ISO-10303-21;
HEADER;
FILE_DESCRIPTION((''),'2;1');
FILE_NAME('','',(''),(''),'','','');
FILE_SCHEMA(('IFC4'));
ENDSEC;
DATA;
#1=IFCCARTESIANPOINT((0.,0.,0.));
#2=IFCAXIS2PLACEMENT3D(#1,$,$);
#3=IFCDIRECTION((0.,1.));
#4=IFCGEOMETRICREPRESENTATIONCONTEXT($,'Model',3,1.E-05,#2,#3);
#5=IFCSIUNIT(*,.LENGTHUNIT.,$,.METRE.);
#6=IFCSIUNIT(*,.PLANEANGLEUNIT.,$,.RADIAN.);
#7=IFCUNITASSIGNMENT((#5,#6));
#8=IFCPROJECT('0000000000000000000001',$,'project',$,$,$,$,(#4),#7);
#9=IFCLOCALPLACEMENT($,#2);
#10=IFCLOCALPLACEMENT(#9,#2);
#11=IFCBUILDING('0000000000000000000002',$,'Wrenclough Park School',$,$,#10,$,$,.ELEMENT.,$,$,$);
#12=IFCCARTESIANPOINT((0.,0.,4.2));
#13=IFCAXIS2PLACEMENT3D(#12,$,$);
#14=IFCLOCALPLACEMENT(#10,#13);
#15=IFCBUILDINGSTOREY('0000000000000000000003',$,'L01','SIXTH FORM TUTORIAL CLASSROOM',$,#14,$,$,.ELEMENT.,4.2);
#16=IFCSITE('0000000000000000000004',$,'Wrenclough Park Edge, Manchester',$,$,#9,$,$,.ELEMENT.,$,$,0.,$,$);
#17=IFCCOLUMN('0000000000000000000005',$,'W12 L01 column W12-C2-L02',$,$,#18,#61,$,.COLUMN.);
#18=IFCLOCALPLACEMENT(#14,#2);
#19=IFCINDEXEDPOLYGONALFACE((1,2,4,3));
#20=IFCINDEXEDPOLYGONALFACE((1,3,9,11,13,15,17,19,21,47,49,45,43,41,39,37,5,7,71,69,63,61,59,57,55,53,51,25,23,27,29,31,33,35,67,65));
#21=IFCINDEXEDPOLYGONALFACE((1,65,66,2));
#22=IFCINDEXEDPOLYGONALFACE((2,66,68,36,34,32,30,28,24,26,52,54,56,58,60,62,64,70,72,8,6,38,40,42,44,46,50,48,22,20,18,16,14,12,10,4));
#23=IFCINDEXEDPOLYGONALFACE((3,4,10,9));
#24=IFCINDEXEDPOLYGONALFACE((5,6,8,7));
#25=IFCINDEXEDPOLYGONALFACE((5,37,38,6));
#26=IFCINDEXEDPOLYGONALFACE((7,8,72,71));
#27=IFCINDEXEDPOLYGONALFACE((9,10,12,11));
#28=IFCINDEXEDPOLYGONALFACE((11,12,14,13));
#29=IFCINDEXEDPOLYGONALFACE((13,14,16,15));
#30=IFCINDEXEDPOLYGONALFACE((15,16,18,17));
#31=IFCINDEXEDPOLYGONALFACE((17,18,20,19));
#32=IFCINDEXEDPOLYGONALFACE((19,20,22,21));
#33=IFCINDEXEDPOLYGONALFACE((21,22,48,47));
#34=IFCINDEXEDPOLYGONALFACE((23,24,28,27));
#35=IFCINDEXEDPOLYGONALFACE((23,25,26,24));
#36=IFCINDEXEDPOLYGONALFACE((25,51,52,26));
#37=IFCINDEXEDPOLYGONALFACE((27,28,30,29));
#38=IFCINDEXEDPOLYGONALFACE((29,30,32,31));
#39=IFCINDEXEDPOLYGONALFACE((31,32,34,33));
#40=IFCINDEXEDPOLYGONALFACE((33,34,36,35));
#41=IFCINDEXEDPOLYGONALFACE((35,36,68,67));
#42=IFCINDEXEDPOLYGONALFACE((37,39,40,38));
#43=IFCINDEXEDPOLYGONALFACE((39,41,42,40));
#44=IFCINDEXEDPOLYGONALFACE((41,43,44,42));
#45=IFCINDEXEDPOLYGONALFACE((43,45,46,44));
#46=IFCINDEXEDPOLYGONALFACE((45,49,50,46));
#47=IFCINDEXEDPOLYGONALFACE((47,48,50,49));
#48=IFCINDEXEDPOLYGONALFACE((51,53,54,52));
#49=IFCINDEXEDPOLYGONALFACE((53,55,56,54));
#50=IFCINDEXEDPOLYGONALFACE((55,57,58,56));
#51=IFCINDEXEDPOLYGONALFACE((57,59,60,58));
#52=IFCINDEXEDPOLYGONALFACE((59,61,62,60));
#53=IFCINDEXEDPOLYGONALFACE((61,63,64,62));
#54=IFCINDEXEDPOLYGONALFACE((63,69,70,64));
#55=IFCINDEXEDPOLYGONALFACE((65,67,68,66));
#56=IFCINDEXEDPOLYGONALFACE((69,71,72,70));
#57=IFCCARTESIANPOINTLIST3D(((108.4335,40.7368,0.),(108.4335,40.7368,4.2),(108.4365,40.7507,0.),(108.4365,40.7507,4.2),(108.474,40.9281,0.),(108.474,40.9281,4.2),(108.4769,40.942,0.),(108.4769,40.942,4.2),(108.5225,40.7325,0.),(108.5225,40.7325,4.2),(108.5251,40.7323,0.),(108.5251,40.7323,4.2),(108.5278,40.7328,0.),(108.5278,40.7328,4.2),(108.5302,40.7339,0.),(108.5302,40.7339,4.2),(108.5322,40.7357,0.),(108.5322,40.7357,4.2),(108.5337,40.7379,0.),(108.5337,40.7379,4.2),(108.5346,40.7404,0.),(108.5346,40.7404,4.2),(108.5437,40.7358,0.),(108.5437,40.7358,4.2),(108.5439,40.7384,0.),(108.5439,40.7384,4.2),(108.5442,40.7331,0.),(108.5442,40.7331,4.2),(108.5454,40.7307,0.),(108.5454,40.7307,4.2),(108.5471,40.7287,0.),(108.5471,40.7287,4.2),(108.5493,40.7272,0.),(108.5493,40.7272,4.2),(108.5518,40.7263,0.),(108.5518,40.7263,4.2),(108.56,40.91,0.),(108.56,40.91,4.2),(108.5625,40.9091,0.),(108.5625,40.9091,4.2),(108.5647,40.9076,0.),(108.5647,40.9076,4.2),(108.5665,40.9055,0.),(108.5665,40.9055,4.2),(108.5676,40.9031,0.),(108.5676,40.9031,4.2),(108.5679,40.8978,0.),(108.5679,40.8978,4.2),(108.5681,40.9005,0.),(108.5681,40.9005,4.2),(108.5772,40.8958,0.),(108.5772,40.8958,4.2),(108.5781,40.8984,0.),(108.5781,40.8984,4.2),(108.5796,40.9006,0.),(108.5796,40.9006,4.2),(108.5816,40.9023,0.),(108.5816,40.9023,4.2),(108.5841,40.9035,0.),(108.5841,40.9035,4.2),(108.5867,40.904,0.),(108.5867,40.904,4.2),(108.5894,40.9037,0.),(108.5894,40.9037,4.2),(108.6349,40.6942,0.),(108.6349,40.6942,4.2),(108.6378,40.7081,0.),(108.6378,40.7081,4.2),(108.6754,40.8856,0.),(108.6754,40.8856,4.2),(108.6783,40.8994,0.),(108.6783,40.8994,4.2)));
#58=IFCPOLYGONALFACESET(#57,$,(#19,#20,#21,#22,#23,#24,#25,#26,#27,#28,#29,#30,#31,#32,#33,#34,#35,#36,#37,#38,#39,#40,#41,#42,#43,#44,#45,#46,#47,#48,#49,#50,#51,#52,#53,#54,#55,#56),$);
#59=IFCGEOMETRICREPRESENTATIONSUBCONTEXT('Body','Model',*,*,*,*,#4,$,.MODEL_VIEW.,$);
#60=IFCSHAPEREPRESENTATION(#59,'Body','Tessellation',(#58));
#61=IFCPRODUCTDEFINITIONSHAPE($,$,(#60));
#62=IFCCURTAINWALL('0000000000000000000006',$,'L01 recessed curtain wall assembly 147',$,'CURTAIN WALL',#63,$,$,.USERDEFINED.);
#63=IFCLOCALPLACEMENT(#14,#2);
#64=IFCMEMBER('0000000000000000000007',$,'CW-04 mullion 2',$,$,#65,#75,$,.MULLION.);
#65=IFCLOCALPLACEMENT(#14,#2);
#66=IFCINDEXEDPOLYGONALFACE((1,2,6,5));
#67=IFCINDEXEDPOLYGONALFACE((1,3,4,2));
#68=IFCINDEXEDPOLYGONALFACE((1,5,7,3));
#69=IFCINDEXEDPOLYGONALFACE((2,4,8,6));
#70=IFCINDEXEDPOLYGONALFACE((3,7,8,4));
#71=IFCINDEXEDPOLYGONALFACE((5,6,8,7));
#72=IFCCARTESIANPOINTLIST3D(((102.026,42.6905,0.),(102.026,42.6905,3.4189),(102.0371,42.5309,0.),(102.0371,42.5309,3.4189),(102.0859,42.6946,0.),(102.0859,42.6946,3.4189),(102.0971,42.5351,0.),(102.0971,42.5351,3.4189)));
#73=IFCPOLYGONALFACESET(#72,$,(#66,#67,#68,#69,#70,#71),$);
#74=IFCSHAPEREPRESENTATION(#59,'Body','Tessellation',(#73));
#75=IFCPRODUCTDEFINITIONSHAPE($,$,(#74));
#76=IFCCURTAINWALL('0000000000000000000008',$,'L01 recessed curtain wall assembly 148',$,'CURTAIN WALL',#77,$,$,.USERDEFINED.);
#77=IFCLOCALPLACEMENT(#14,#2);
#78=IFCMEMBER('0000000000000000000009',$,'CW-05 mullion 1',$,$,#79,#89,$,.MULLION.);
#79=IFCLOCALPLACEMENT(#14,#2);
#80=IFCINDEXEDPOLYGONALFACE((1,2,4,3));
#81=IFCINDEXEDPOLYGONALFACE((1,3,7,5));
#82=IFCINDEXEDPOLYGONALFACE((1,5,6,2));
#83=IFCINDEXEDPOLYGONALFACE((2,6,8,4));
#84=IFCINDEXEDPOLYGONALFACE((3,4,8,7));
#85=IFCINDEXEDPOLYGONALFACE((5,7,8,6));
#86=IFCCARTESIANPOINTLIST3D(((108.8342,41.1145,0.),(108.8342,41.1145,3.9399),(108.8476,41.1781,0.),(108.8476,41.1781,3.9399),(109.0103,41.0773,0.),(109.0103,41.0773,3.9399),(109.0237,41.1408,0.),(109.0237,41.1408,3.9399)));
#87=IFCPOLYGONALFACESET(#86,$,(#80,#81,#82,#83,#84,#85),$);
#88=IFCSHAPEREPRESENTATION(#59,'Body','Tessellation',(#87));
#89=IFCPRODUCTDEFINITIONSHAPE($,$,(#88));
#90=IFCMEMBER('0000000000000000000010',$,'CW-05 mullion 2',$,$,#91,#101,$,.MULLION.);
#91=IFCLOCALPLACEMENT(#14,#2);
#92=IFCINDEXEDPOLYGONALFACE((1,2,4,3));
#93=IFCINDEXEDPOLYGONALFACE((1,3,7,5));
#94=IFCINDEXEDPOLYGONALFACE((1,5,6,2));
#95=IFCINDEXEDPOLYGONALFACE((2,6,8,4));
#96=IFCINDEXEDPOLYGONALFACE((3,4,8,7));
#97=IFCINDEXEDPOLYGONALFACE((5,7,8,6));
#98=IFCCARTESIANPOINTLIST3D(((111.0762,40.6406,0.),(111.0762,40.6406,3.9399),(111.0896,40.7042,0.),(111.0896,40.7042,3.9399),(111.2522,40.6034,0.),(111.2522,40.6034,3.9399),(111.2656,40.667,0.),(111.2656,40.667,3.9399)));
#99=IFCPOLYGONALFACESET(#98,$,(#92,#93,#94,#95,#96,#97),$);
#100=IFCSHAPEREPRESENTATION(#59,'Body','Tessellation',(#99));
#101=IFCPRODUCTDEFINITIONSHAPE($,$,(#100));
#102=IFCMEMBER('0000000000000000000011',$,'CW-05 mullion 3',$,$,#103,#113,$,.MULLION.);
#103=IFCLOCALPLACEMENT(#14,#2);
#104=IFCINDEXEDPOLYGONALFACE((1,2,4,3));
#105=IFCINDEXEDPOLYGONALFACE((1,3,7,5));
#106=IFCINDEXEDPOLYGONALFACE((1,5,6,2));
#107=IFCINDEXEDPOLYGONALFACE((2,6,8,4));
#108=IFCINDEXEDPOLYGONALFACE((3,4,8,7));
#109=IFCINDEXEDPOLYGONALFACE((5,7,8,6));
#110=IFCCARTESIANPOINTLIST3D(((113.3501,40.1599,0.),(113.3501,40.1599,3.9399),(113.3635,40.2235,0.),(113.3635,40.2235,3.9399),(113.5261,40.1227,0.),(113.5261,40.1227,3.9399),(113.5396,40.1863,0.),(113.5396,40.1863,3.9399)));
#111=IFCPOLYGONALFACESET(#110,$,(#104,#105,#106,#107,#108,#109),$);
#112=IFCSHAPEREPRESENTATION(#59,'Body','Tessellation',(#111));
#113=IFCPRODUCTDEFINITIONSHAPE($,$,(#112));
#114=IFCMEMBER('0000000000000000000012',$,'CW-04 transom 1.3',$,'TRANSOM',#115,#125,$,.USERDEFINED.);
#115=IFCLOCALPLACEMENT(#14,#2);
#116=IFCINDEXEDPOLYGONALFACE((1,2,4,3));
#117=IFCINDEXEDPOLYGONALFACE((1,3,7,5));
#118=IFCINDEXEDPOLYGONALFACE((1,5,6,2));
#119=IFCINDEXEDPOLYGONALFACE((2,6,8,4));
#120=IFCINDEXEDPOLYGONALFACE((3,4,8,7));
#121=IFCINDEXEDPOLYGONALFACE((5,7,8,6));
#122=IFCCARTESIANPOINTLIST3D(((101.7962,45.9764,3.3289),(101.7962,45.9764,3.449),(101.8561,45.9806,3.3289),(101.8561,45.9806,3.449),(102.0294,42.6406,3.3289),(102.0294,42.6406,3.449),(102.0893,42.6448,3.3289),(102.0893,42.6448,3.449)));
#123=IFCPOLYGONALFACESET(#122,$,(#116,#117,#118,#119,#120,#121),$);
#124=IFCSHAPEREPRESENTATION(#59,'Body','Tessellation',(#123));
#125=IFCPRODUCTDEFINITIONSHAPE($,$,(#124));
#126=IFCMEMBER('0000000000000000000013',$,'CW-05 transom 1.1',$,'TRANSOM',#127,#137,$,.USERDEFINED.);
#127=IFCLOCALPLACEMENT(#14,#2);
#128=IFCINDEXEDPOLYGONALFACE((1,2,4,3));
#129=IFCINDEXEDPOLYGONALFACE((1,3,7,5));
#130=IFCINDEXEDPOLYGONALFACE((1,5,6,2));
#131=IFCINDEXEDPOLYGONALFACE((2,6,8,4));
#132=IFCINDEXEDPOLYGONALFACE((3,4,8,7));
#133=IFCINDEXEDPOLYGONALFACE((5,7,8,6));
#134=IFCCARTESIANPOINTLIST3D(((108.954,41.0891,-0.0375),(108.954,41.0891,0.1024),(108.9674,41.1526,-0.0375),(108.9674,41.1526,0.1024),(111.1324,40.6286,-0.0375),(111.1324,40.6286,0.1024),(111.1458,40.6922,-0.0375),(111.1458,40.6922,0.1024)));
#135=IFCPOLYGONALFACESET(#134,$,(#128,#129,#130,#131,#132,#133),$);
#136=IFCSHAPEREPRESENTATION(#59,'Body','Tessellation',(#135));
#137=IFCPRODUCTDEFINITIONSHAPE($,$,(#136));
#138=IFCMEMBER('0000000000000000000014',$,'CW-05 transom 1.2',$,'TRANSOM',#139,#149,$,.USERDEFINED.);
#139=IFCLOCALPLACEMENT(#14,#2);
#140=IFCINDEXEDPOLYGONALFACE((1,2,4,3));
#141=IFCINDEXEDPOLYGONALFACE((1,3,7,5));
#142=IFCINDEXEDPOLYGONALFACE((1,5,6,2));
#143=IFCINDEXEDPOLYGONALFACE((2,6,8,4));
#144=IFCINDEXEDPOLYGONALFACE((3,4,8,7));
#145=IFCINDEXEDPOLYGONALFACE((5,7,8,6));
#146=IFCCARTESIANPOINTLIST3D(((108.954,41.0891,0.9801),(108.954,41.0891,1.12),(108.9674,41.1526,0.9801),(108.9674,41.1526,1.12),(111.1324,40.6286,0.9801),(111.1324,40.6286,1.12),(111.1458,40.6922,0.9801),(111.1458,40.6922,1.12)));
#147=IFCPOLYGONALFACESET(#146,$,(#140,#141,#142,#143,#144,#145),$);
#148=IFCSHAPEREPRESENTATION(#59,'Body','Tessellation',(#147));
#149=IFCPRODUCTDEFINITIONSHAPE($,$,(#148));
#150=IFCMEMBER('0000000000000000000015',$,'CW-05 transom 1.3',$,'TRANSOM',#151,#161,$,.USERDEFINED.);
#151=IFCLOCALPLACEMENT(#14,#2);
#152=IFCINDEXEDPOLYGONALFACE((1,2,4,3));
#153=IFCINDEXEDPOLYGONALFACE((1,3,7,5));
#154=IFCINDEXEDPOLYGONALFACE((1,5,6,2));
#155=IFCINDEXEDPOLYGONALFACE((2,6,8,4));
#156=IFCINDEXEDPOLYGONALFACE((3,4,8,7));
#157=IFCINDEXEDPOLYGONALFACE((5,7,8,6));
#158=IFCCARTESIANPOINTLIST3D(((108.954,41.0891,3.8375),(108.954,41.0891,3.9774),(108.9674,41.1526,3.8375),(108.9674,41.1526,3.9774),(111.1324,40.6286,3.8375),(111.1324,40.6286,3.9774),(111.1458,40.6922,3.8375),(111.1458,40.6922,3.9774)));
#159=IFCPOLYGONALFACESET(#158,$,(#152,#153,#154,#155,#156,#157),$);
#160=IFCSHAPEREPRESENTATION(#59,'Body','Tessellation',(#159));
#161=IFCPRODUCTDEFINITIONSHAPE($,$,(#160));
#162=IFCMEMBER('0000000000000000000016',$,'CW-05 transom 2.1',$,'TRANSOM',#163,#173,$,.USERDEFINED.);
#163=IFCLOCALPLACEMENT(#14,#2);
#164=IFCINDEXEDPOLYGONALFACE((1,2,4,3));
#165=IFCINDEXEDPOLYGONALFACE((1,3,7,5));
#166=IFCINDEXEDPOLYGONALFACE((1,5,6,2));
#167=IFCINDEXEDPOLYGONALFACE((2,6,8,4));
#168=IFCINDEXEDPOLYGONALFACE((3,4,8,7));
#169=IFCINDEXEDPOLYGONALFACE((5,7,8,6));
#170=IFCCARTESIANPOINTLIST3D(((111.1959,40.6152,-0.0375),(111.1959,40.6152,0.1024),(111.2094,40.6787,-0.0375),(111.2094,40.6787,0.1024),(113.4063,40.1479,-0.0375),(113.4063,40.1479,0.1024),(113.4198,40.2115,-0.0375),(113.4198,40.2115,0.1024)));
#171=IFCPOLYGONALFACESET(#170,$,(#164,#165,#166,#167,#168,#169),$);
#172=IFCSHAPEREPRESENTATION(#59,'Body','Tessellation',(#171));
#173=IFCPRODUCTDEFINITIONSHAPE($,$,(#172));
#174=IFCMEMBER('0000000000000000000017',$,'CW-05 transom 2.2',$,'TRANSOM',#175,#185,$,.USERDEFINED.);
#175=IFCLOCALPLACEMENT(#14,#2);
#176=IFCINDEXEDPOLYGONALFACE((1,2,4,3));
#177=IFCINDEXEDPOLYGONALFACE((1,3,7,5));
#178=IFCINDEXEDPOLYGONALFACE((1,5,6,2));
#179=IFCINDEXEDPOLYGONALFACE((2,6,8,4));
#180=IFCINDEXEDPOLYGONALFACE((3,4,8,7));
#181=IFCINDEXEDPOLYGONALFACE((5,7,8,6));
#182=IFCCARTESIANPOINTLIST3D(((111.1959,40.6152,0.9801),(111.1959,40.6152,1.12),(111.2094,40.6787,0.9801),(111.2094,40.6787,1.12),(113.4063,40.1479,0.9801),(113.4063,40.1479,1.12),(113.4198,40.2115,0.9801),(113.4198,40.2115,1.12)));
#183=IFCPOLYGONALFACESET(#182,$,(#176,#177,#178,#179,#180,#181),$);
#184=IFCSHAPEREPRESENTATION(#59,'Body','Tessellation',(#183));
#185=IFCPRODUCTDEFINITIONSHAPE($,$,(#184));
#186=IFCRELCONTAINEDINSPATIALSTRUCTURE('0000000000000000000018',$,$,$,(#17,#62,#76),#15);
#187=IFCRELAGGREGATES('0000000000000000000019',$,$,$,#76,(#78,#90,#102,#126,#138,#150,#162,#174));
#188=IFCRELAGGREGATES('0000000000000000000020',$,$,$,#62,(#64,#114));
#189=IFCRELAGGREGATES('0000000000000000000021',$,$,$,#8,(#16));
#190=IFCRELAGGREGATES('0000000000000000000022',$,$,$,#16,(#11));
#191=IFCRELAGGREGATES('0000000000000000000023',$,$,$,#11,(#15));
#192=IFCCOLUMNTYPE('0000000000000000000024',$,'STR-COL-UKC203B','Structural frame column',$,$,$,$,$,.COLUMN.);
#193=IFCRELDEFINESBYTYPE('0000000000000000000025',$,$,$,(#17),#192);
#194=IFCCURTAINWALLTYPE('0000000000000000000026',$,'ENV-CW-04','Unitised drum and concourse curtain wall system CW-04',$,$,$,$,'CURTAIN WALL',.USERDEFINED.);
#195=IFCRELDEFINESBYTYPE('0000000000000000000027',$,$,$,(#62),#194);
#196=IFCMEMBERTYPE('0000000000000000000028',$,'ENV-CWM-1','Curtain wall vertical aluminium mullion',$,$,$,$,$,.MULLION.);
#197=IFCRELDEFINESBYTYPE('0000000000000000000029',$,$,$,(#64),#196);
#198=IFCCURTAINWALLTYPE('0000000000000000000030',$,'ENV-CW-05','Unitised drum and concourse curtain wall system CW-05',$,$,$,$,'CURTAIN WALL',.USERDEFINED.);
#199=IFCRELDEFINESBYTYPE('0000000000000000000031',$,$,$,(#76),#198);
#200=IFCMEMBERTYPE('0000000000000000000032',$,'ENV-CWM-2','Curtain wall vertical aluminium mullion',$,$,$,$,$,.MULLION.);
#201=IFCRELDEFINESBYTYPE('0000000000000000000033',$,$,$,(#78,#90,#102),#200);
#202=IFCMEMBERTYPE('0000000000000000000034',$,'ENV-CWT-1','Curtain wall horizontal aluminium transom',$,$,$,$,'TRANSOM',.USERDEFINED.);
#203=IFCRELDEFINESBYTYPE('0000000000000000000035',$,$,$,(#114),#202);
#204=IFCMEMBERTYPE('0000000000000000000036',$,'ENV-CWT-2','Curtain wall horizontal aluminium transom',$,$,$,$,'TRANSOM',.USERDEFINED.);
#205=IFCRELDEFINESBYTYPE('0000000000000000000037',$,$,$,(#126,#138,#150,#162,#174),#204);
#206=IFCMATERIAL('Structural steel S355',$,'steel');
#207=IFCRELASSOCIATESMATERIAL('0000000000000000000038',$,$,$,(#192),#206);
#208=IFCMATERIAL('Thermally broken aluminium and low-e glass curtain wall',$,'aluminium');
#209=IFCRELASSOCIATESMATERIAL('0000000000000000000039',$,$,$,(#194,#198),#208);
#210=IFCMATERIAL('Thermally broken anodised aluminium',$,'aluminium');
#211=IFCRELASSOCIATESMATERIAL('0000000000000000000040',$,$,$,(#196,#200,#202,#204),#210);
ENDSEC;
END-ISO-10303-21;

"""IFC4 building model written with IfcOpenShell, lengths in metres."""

from ifc_helpers import new_model, si_unit, direction, frame, origin, origin_2d, place, context, subcontext, project, spatial, rectangle, i_section, extrude, material, material_profile, profile_set, type_object, element, aggregate, save


model = new_model("IFC4")

# Units and contexts
model_context = context("Model", 3, precision=1e-05, world=origin(), true_north=direction((0.0, 1.0)))
body_context = subcontext(model_context, "Body", "Model", "MODEL_VIEW")
ifc_project = project(units=[si_unit("LENGTHUNIT", "METRE"), si_unit("PLANEANGLEUNIT", "RADIAN")], contexts=[model_context])

# Site, building, storey
site_placement = place(None, origin())
site = spatial("IfcSite", under=ifc_project, at=site_placement, Name="Wrenclough Park Edge, Manchester", CompositionType="ELEMENT", RefElevation=0.0)
building_placement = place(site_placement, origin())
building = spatial("IfcBuilding", under=site, at=building_placement, Name="Wrenclough Park School", CompositionType="ELEMENT")
storey_placement = place(building_placement, frame((0.0, 0.0, 4.2)))
storey = spatial("IfcBuildingStorey", under=building, at=storey_placement, Name="L01", Description="SIXTH FORM TUTORIAL CLASSROOM", CompositionType="ELEMENT", Elevation=4.2)

# Column
ifc_material_1 = material(Name="Structural steel S355", Category="steel")
ifc_material_profile_1 = material_profile(ifc_material_1, i_section(OverallWidth=0.2058, OverallDepth=0.2097, WebThickness=0.0095, FlangeThickness=0.0142, FilletRadius=0.0103, at=origin_2d()), Name="UKC 203x203x60")
ifc_profile_set_1 = profile_set([ifc_material_profile_1], Name="Structural steel S355")
column_type = type_object("IfcColumnType", Name="STR-COL-UKC203B", Description="Structural frame column", PredefinedType="COLUMN", material=ifc_profile_set_1)
column_placement = place(storey_placement, frame((108.5559, 40.8181, 0.0), z_axis=(0.0, 0.0, 1.0), x_axis=(0.978365, -0.206887, 0.0)))
element("IfcColumn", 1, at=column_placement, inside=storey, type_object=column_type, Name="W12 L01 column W12-C2-L02", PredefinedType="COLUMN", context=body_context, shape_type="SweptSolid", body=[
    extrude(i_section(OverallWidth=0.2058, OverallDepth=0.2097, WebThickness=0.0095, FlangeThickness=0.0142, FilletRadius=0.0103, at=origin_2d()), origin(), (0.0, 0.0, 1.0), 4.2),
])

# Curtain wall, member
ifc_material_2 = material(Name="Thermally broken aluminium and low-e glass curtain wall", Category="aluminium")
curtain_wall_type_1 = type_object("IfcCurtainWallType", Name="ENV-CW-04", Description="Unitised drum and concourse curtain wall system CW-04", ElementType="CURTAIN WALL", PredefinedType="USERDEFINED", material=ifc_material_2)
curtain_wall_1_placement = place(storey_placement, origin())
curtain_wall_1 = element("IfcCurtainWall", 2, at=curtain_wall_1_placement, inside=storey, type_object=curtain_wall_type_1, Name="L01 recessed curtain wall assembly 147", ObjectType="CURTAIN WALL", PredefinedType="USERDEFINED")
ifc_material_3 = material(Name="Thermally broken anodised aluminium", Category="aluminium")
ifc_material_profile_2 = material_profile(ifc_material_3, rectangle(XDim=0.0601, YDim=0.1599, at=origin_2d()), Name="AL MULLION 60x160")
ifc_profile_set_2 = profile_set([ifc_material_profile_2], Name="Thermally broken anodised aluminium")
member_type_1 = type_object("IfcMemberType", Name="ENV-CWM-1", Description="Curtain wall vertical aluminium mullion", PredefinedType="MULLION", material=ifc_profile_set_2)
member_1_placement = place(storey_placement, frame((102.0615, 42.6128, 0.0), z_axis=(0.0, 0.0, 1.0), x_axis=(0.997567, 0.069719, 0.0)))
member_1 = element("IfcMember", 3, at=member_1_placement, type_object=member_type_1, Name="CW-04 mullion 2", PredefinedType="MULLION", context=body_context, shape_type="SweptSolid", body=[
    extrude(rectangle(XDim=0.0601, YDim=0.1599, at=origin_2d()), origin(), (0.0, 0.0, 1.0), 3.4189),
])

# Curtain wall, members
curtain_wall_type_2 = type_object("IfcCurtainWallType", Name="ENV-CW-05", Description="Unitised drum and concourse curtain wall system CW-05", ElementType="CURTAIN WALL", PredefinedType="USERDEFINED", material=ifc_material_2)
curtain_wall_2_placement = place(storey_placement, origin())
curtain_wall_2 = element("IfcCurtainWall", 4, at=curtain_wall_2_placement, inside=storey, type_object=curtain_wall_type_2, Name="L01 recessed curtain wall assembly 148", ObjectType="CURTAIN WALL", PredefinedType="USERDEFINED")
ifc_material_profile_3 = material_profile(ifc_material_3, rectangle(XDim=0.0649, YDim=0.1799, at=origin_2d()), Name="AL MULLION 65x180")
ifc_profile_set_3 = profile_set([ifc_material_profile_3], Name="Thermally broken anodised aluminium")
member_type_2 = type_object("IfcMemberType", Name="ENV-CWM-2", Description="Curtain wall vertical aluminium mullion", PredefinedType="MULLION", material=ifc_profile_set_3)
member_2_placement = place(storey_placement, frame((108.929, 41.1277, 0.0), z_axis=(0.0, 0.0, 1.0), x_axis=(0.20682, 0.978379, 0.0)))
member_2 = element("IfcMember", 5, at=member_2_placement, type_object=member_type_2, Name="CW-05 mullion 1", PredefinedType="MULLION", context=body_context, shape_type="SweptSolid", body=[
    extrude(rectangle(XDim=0.0649, YDim=0.1799, at=origin_2d()), origin(), (0.0, 0.0, 1.0), 3.9399),
])
member_3_placement = place(storey_placement, frame((111.1709, 40.6538, 0.0), z_axis=(0.0, 0.0, 1.0), x_axis=(0.20682, 0.978379, 0.0)))
member_3 = element("IfcMember", 6, at=member_3_placement, type_object=member_type_2, Name="CW-05 mullion 2", PredefinedType="MULLION", context=body_context, shape_type="SweptSolid", body=[
    extrude(rectangle(XDim=0.0649, YDim=0.1799, at=origin_2d()), origin(), (0.0, 0.0, 1.0), 3.9399),
])
member_4_placement = place(storey_placement, frame((113.4448, 40.1731, 0.0), z_axis=(0.0, 0.0, 1.0), x_axis=(0.20682, 0.978379, 0.0)))
member_4 = element("IfcMember", 7, at=member_4_placement, type_object=member_type_2, Name="CW-05 mullion 3", PredefinedType="MULLION", context=body_context, shape_type="SweptSolid", body=[
    extrude(rectangle(XDim=0.0649, YDim=0.1799, at=origin_2d()), origin(), (0.0, 0.0, 1.0), 3.9399),
])

# Members
ifc_material_profile_4 = material_profile(ifc_material_3, rectangle(XDim=0.0601, YDim=0.1201, at=origin_2d()), Name="AL TRANSOM 60x120")
ifc_profile_set_4 = profile_set([ifc_material_profile_4], Name="Thermally broken anodised aluminium")
member_type_3 = type_object("IfcMemberType", Name="ENV-CWT-1", Description="Curtain wall horizontal aluminium transom", ElementType="TRANSOM", PredefinedType="USERDEFINED", material=ifc_profile_set_4)
member_5_placement = place(storey_placement, frame((101.8262, 45.9785, 3.3889), z_axis=(0.069722, -0.997566, 0.0), x_axis=(0.997566, 0.069722, 0.0)))
member_5 = element("IfcMember", 8, at=member_5_placement, type_object=member_type_3, Name="CW-04 transom 1.3", ObjectType="TRANSOM", PredefinedType="USERDEFINED", context=body_context, shape_type="SweptSolid", body=[
    extrude(rectangle(XDim=0.0601, YDim=0.1201, at=origin_2d()), origin(), (0.0, 0.0, 1.0), 3.344),
])
ifc_material_profile_5 = material_profile(ifc_material_3, rectangle(XDim=0.0649, YDim=0.1399, at=origin_2d()), Name="AL TRANSOM 65x140")
ifc_profile_set_5 = profile_set([ifc_material_profile_5], Name="Thermally broken anodised aluminium")
member_type_4 = type_object("IfcMemberType", Name="ENV-CWT-2", Description="Curtain wall horizontal aluminium transom", ElementType="TRANSOM", PredefinedType="USERDEFINED", material=ifc_profile_set_5)
member_6_placement = place(storey_placement, frame((108.9607, 41.1208, 0.0325), z_axis=(0.978384, -0.206795, 0.0), x_axis=(0.206795, 0.978384, 0.0)))
member_6 = element("IfcMember", 9, at=member_6_placement, type_object=member_type_4, Name="CW-05 transom 1.1", ObjectType="TRANSOM", PredefinedType="USERDEFINED", context=body_context, shape_type="SweptSolid", body=[
    extrude(rectangle(XDim=0.0649, YDim=0.1399, at=origin_2d()), origin(), (0.0, 0.0, 1.0), 2.2266),
])
member_7_placement = place(storey_placement, frame((108.9607, 41.1208, 1.05), z_axis=(0.978384, -0.206795, 0.0), x_axis=(0.206795, 0.978384, 0.0)))
member_7 = element("IfcMember", 10, at=member_7_placement, type_object=member_type_4, Name="CW-05 transom 1.2", ObjectType="TRANSOM", PredefinedType="USERDEFINED", context=body_context, shape_type="SweptSolid", body=[
    extrude(rectangle(XDim=0.0649, YDim=0.1399, at=origin_2d()), origin(), (0.0, 0.0, 1.0), 2.2266),
])
member_8_placement = place(storey_placement, frame((108.9607, 41.1208, 3.9075), z_axis=(0.978384, -0.206795, 0.0), x_axis=(0.206795, 0.978384, 0.0)))
member_8 = element("IfcMember", 11, at=member_8_placement, type_object=member_type_4, Name="CW-05 transom 1.3", ObjectType="TRANSOM", PredefinedType="USERDEFINED", context=body_context, shape_type="SweptSolid", body=[
    extrude(rectangle(XDim=0.0649, YDim=0.1399, at=origin_2d()), origin(), (0.0, 0.0, 1.0), 2.2266),
])
member_9_placement = place(storey_placement, frame((111.2026, 40.647, 0.0325), z_axis=(0.978377, -0.206827, 0.0), x_axis=(0.206827, 0.978377, 0.0)))
member_9 = element("IfcMember", 12, at=member_9_placement, type_object=member_type_4, Name="CW-05 transom 2.1", ObjectType="TRANSOM", PredefinedType="USERDEFINED", context=body_context, shape_type="SweptSolid", body=[
    extrude(rectangle(XDim=0.0649, YDim=0.1399, at=origin_2d()), origin(), (0.0, 0.0, 1.0), 2.2593),
])
member_10_placement = place(storey_placement, frame((111.2026, 40.647, 1.05), z_axis=(0.978377, -0.206827, 0.0), x_axis=(0.206827, 0.978377, 0.0)))
member_10 = element("IfcMember", 13, at=member_10_placement, type_object=member_type_4, Name="CW-05 transom 2.2", ObjectType="TRANSOM", PredefinedType="USERDEFINED", context=body_context, shape_type="SweptSolid", body=[
    extrude(rectangle(XDim=0.0649, YDim=0.1399, at=origin_2d()), origin(), (0.0, 0.0, 1.0), 2.2593),
])

aggregate(curtain_wall_2, [member_2, member_3, member_4, member_6, member_7, member_8, member_9, member_10])
aggregate(curtain_wall_1, [member_1, member_5])

save(model, "model.ifc")
